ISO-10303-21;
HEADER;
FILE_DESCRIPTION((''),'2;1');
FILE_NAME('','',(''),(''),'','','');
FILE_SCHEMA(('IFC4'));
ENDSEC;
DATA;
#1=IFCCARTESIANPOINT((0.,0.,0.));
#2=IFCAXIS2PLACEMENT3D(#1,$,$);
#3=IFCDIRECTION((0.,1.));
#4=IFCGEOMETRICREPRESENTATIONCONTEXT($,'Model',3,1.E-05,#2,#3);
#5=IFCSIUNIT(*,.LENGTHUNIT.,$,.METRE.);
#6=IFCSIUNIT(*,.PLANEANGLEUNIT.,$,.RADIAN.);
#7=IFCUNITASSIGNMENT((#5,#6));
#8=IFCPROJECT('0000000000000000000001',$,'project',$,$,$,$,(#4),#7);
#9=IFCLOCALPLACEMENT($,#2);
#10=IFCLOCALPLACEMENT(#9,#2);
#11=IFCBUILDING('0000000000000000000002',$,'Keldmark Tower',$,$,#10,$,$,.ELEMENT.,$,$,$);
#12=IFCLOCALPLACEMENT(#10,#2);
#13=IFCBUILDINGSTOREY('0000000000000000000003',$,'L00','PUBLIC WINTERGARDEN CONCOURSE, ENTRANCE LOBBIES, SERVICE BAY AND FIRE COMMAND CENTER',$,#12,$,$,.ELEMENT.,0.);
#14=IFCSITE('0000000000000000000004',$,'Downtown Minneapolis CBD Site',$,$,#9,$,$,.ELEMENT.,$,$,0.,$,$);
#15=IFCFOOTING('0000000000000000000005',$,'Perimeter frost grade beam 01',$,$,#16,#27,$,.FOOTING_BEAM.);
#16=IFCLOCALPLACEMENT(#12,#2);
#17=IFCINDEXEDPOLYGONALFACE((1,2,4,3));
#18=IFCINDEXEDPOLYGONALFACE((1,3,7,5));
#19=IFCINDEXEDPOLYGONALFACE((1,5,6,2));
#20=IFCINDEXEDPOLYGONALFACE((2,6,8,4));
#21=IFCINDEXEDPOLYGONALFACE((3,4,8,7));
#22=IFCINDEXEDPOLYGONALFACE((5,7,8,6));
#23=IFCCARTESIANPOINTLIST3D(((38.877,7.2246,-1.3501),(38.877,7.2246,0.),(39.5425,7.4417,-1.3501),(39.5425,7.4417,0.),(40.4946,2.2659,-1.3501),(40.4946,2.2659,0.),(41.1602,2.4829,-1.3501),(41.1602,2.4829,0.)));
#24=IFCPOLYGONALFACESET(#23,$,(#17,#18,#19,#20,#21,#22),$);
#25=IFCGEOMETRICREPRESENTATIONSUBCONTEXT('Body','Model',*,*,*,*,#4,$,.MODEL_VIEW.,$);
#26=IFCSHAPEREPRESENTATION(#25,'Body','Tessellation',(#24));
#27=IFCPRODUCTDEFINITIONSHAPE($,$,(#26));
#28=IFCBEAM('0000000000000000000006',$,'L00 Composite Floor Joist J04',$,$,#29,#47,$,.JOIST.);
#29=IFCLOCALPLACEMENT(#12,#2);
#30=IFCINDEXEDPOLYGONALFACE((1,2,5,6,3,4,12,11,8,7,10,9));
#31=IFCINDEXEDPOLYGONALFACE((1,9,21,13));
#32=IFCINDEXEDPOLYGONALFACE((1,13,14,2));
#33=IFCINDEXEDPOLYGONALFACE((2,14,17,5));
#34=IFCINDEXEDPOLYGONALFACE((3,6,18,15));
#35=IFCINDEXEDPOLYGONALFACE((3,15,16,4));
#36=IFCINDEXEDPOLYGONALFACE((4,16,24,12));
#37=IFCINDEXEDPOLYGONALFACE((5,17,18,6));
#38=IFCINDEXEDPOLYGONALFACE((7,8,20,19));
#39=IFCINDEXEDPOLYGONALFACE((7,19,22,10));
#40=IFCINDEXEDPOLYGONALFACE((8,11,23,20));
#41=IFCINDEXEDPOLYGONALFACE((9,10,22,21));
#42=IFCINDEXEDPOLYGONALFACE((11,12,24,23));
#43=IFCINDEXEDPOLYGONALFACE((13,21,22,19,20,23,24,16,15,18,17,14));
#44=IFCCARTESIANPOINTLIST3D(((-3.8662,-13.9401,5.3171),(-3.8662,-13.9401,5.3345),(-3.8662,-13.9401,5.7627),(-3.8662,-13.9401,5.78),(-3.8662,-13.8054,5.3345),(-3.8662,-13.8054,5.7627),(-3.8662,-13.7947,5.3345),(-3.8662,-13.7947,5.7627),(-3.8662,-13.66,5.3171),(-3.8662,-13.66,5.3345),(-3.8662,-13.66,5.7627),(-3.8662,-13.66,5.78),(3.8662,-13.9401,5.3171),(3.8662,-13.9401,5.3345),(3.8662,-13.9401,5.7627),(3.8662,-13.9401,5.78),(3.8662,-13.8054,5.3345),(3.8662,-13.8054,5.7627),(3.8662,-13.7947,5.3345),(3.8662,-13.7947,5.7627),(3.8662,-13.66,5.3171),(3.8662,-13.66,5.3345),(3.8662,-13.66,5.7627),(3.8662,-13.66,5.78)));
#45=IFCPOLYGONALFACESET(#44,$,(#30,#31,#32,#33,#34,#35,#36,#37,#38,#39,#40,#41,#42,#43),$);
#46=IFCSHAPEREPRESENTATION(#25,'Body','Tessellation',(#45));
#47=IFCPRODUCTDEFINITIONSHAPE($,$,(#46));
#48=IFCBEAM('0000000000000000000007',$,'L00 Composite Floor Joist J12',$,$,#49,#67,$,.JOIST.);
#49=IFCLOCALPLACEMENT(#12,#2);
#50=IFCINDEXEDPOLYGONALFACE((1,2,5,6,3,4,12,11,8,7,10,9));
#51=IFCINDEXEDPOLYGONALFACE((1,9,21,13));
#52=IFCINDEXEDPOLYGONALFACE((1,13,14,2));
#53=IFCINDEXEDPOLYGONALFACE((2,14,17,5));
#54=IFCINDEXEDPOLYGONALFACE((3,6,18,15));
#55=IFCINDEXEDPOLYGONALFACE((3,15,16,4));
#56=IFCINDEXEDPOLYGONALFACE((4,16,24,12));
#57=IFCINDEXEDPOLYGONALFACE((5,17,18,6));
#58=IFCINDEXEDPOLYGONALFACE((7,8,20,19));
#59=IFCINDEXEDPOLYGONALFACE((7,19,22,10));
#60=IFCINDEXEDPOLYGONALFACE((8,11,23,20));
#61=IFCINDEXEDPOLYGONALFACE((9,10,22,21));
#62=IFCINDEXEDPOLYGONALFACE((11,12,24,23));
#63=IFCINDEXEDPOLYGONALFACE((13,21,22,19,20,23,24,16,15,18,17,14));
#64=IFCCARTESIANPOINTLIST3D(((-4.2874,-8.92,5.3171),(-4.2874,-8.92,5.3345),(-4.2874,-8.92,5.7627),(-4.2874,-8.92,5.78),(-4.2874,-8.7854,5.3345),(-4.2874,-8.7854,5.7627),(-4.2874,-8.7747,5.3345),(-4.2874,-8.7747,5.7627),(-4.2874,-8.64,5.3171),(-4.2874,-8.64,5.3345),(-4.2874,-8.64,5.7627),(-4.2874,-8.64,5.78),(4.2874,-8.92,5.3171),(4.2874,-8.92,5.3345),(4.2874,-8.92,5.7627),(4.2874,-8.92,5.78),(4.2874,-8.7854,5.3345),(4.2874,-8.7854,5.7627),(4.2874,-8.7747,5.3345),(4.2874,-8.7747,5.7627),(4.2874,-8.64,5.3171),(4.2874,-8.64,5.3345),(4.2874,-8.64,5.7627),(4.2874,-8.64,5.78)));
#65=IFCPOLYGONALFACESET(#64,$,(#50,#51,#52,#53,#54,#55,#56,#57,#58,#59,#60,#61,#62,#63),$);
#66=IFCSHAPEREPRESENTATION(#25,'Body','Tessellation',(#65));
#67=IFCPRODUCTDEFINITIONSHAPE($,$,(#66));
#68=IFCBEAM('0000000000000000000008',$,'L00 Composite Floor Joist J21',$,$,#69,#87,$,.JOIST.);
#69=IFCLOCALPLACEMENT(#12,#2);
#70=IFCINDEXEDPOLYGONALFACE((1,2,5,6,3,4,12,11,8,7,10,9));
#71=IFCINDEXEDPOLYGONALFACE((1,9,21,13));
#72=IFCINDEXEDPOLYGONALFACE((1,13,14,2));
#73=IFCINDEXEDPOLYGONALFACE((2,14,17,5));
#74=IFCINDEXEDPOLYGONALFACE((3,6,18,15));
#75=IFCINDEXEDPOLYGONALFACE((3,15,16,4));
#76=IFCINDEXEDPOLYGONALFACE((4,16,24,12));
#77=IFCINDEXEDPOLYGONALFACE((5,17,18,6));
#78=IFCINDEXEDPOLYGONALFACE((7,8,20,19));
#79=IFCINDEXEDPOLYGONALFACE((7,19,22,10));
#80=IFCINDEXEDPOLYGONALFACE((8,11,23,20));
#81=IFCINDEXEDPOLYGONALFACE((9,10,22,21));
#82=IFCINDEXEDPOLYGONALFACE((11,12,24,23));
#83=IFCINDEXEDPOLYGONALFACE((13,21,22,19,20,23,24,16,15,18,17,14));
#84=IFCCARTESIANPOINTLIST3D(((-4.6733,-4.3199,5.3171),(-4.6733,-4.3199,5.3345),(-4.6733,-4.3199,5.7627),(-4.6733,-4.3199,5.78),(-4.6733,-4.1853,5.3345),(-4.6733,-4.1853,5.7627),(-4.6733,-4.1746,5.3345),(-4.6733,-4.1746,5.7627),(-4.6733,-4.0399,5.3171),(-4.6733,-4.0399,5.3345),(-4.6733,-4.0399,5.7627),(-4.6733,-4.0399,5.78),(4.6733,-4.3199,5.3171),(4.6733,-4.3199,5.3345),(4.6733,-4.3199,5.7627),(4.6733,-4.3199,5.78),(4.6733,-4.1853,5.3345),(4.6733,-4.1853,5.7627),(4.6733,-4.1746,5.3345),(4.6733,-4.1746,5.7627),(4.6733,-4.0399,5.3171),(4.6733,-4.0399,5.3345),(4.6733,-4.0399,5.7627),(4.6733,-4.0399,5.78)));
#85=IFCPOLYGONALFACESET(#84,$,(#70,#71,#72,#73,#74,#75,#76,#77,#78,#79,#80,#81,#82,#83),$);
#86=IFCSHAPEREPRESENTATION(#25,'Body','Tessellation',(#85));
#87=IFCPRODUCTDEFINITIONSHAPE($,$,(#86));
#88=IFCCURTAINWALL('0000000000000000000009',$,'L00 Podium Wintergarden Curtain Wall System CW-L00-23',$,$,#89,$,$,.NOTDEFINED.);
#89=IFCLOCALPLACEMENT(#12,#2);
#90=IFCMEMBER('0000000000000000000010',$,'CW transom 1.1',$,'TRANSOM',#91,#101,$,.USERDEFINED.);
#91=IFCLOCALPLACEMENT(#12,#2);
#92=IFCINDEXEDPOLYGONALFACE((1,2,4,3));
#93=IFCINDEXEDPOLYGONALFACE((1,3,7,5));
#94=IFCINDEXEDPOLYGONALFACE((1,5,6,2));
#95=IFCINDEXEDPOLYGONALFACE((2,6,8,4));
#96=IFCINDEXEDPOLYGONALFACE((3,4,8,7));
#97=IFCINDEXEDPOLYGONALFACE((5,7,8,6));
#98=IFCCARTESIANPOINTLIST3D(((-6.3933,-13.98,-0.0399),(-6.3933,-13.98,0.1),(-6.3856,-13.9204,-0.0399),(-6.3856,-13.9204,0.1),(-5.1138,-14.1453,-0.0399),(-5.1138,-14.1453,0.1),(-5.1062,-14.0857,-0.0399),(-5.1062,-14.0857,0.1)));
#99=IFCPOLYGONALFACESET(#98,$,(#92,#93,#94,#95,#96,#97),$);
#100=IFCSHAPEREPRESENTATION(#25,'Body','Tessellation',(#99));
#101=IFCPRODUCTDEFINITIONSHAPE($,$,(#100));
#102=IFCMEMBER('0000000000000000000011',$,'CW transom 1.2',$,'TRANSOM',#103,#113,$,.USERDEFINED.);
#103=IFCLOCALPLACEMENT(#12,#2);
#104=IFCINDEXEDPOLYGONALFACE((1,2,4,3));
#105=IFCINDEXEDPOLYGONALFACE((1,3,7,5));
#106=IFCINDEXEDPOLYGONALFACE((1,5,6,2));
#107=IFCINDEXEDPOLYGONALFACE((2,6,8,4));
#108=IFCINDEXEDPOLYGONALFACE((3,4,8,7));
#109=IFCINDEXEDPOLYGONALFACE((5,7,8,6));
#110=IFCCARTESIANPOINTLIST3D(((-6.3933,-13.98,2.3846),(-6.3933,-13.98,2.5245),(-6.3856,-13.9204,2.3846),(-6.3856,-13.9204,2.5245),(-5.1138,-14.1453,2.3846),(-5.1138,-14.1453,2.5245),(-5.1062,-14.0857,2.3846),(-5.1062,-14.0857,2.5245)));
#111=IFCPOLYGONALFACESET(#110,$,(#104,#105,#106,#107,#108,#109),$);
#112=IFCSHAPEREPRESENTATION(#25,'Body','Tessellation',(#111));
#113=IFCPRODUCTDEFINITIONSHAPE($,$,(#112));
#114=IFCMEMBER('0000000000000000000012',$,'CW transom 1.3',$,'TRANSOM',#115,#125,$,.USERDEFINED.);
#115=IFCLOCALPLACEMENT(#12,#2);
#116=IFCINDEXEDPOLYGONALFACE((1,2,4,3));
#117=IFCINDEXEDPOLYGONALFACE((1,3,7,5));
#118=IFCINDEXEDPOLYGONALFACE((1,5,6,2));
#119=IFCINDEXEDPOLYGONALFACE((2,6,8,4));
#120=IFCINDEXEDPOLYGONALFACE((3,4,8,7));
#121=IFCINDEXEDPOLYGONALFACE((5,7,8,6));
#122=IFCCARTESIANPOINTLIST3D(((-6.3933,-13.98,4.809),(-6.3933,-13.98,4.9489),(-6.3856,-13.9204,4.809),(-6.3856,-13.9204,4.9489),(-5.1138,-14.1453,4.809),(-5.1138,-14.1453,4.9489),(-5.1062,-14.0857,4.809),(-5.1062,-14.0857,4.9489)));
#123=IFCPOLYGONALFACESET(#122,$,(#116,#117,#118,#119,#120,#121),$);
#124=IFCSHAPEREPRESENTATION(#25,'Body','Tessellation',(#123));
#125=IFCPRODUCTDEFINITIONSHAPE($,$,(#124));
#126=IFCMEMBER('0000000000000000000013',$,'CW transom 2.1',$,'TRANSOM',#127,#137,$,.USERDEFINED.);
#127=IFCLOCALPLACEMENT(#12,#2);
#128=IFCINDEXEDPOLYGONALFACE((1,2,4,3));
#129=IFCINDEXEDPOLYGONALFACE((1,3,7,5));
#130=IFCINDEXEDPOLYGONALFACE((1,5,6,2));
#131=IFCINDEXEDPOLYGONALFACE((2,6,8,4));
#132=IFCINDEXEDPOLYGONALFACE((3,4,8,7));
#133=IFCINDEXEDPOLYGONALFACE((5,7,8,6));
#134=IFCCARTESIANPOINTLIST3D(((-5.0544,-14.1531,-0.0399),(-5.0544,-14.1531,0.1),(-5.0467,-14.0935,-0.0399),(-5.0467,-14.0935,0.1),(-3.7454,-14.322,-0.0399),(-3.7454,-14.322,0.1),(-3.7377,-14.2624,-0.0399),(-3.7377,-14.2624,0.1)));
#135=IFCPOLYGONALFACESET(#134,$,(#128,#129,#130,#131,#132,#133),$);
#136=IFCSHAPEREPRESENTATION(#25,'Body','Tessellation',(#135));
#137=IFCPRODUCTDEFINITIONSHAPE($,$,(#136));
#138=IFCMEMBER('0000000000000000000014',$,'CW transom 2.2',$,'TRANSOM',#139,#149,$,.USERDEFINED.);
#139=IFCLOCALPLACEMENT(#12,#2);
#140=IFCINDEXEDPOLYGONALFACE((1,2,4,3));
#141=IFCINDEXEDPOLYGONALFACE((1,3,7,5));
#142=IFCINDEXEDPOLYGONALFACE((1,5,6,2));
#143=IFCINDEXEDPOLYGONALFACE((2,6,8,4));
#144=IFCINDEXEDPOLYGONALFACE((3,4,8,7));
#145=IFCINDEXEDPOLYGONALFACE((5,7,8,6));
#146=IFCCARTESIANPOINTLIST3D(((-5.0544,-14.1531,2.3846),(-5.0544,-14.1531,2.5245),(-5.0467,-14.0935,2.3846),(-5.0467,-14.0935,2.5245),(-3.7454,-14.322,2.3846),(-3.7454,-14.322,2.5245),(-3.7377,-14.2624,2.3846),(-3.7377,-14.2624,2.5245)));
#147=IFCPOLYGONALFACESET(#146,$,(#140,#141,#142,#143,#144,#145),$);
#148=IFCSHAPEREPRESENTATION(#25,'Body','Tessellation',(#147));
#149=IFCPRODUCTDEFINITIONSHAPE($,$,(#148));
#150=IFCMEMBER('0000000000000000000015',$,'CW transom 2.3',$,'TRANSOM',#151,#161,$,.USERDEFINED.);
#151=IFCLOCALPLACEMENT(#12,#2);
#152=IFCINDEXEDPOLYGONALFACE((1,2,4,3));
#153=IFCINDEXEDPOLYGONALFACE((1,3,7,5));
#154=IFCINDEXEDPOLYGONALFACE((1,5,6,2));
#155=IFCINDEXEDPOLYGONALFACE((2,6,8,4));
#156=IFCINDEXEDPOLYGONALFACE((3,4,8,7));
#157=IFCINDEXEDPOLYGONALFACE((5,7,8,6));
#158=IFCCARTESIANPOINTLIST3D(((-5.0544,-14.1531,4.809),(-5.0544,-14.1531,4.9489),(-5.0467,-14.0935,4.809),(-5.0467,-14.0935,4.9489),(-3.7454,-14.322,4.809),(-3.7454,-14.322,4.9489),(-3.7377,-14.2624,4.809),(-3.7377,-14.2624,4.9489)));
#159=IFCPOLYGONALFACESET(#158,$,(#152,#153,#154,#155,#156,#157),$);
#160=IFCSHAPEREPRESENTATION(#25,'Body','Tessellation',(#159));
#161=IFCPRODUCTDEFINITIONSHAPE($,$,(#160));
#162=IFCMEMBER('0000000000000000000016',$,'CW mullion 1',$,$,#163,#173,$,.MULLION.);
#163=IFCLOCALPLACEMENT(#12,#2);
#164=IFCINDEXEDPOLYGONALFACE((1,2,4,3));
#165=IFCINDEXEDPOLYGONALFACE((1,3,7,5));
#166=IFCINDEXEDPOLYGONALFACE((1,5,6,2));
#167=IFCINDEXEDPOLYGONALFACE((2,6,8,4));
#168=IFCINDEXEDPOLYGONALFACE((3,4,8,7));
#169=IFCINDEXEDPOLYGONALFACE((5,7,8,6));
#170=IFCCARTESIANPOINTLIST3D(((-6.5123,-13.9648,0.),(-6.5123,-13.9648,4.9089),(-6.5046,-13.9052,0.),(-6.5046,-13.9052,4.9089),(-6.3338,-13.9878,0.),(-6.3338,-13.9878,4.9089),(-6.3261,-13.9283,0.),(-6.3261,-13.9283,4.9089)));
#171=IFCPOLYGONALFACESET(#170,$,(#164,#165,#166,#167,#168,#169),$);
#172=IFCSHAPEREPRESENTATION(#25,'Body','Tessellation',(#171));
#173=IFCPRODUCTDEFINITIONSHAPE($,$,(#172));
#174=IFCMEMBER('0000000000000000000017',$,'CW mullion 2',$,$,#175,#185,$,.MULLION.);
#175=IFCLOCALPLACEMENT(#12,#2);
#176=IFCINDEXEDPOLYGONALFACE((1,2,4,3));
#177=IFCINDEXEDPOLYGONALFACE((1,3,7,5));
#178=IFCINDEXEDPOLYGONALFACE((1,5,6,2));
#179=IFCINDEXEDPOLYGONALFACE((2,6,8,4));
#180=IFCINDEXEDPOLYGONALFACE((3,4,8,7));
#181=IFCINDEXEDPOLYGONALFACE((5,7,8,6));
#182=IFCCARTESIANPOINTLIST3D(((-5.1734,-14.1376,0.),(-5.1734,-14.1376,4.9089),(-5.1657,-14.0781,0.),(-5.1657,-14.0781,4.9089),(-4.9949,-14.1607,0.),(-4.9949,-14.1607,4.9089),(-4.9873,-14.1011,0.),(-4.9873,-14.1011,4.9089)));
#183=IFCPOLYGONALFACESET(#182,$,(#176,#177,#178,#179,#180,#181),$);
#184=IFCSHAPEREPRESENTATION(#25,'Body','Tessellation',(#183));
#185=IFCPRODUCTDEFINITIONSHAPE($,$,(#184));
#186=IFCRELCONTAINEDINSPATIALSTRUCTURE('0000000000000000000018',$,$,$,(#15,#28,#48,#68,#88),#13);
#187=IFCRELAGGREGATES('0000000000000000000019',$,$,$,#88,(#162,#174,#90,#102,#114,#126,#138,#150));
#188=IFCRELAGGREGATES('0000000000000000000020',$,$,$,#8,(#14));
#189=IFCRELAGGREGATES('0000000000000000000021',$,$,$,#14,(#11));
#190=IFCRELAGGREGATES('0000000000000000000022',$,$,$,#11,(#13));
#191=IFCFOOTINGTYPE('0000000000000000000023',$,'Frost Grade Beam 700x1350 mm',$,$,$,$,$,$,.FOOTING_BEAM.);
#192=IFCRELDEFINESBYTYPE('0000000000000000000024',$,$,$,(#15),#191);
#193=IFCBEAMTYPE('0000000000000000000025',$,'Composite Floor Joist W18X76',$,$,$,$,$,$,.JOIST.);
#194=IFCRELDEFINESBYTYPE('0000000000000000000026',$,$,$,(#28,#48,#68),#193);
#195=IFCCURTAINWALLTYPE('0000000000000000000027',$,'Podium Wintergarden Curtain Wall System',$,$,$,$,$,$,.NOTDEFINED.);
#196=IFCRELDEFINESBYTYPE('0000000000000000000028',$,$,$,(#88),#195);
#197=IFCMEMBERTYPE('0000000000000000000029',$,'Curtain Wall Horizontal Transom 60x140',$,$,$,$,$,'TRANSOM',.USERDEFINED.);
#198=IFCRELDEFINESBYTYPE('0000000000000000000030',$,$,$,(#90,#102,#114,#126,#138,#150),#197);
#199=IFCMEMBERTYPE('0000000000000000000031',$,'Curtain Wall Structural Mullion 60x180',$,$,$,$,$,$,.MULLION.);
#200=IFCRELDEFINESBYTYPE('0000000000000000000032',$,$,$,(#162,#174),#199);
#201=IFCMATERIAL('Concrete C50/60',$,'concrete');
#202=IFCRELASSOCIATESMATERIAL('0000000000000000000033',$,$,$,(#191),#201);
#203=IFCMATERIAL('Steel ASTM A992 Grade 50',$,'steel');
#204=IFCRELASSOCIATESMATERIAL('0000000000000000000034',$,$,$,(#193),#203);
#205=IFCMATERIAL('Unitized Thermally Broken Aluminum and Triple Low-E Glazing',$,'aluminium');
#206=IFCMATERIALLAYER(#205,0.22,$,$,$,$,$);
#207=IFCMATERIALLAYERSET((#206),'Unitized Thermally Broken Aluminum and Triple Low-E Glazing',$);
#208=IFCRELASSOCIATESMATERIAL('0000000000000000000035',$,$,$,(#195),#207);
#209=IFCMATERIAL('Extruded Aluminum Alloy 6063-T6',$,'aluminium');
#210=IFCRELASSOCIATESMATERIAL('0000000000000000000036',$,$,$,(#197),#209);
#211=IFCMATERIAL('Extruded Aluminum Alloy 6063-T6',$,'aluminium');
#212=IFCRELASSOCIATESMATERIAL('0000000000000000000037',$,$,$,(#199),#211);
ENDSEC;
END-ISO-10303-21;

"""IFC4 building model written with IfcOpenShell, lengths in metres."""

from ifc_helpers import new_model, si_unit, direction, frame, origin, origin_2d, place, context, subcontext, project, spatial, polyline, rectangle, i_section, outline, extrude, material, layer, layer_set, material_profile, profile_set, type_object, element, aggregate, save


model = new_model("IFC4")

# Units and contexts
model_context = context("Model", 3, precision=1e-05, world=origin(), true_north=direction((0.0, 1.0)))
body_context = subcontext(model_context, "Body", "Model", "MODEL_VIEW")
ifc_project = project(units=[si_unit("LENGTHUNIT", "METRE"), si_unit("PLANEANGLEUNIT", "RADIAN")], contexts=[model_context])

# Site, building, storey
site_placement = place(None, origin())
site = spatial("IfcSite", under=ifc_project, at=site_placement, Name="Downtown Minneapolis CBD Site", CompositionType="ELEMENT", RefElevation=0.0)
building_placement = place(site_placement, origin())
building = spatial("IfcBuilding", under=site, at=building_placement, Name="Keldmark Tower", CompositionType="ELEMENT")
storey_placement = place(building_placement, origin())
storey = spatial("IfcBuildingStorey", under=building, at=storey_placement, Name="L00", Description="PUBLIC WINTERGARDEN CONCOURSE, ENTRANCE LOBBIES, SERVICE BAY AND FIRE COMMAND CENTER", CompositionType="ELEMENT", Elevation=0.0)

# Footing
ifc_material_1 = material(Name="Concrete C50/60", Category="concrete")
footing_type = type_object("IfcFootingType", Name="Frost Grade Beam 700x1350 mm", PredefinedType="FOOTING_BEAM", material=ifc_material_1)
footing_placement = place(storey_placement, frame((0.0, 0.0, -1.3501)))
element("IfcFooting", 1, at=footing_placement, inside=storey, type_object=footing_type, Name="Perimeter frost grade beam 01", PredefinedType="FOOTING_BEAM", context=body_context, shape_type="SweptSolid", body=[
    extrude(outline(polyline([(41.1602, 2.4829), (39.5425, 7.4417), (38.877, 7.2246), (40.4946, 2.2659), (41.1602, 2.4829)])), origin(), (0.0, 0.0, 1.0), 1.3501),
])

# Beams
ifc_material_2 = material(Name="Steel ASTM A992 Grade 50", Category="steel")
ifc_material_profile_1 = material_profile(ifc_material_2, i_section(OverallWidth=0.28, OverallDepth=0.4629, WebThickness=0.0107, FlangeThickness=0.0173, at=origin_2d()), Name="W18X76")
ifc_profile_set_1 = profile_set([ifc_material_profile_1], Name="Steel ASTM A992 Grade 50")
beam_type = type_object("IfcBeamType", Name="Composite Floor Joist W18X76", PredefinedType="JOIST", material=ifc_profile_set_1)
beam_1_placement = place(storey_placement, frame((-3.8662, -13.8, 5.5486), z_axis=(1.0, 0.0, 0.0), x_axis=(0.0, 1.0, 0.0)))
element("IfcBeam", 2, at=beam_1_placement, inside=storey, type_object=beam_type, Name="L00 Composite Floor Joist J04", PredefinedType="JOIST", context=body_context, shape_type="SweptSolid", body=[
    extrude(i_section(OverallWidth=0.28, OverallDepth=0.4629, WebThickness=0.0107, FlangeThickness=0.0173, at=origin_2d()), origin(), (0.0, 0.0, 1.0), 7.7324),
])
beam_2_placement = place(storey_placement, frame((-4.2874, -8.78, 5.5486), z_axis=(1.0, 0.0, 0.0), x_axis=(0.0, 1.0, 0.0)))
element("IfcBeam", 3, at=beam_2_placement, inside=storey, type_object=beam_type, Name="L00 Composite Floor Joist J12", PredefinedType="JOIST", context=body_context, shape_type="SweptSolid", body=[
    extrude(i_section(OverallWidth=0.28, OverallDepth=0.4629, WebThickness=0.0107, FlangeThickness=0.0173, at=origin_2d()), origin(), (0.0, 0.0, 1.0), 8.5747),
])
beam_3_placement = place(storey_placement, frame((-4.6733, -4.1799, 5.5486), z_axis=(1.0, 0.0, 0.0), x_axis=(0.0, 1.0, 0.0)))
element("IfcBeam", 4, at=beam_3_placement, inside=storey, type_object=beam_type, Name="L00 Composite Floor Joist J21", PredefinedType="JOIST", context=body_context, shape_type="SweptSolid", body=[
    extrude(i_section(OverallWidth=0.28, OverallDepth=0.4629, WebThickness=0.0107, FlangeThickness=0.0173, at=origin_2d()), origin(), (0.0, 0.0, 1.0), 9.3467),
])

# Curtain wall, members
ifc_material_3 = material(Name="Unitized Thermally Broken Aluminum and Triple Low-E Glazing", Category="aluminium")
ifc_layer_1 = layer(ifc_material_3, 0.22)
ifc_layer_set_1 = layer_set([ifc_layer_1], Name="Unitized Thermally Broken Aluminum and Triple Low-E Glazing")
curtain_wall_type = type_object("IfcCurtainWallType", Name="Podium Wintergarden Curtain Wall System", PredefinedType="NOTDEFINED", material=ifc_layer_set_1)
curtain_wall_placement = place(storey_placement, origin())
curtain_wall = element("IfcCurtainWall", 5, at=curtain_wall_placement, inside=storey, type_object=curtain_wall_type, Name="L00 Podium Wintergarden Curtain Wall System CW-L00-23", PredefinedType="NOTDEFINED")
ifc_material_4 = material(Name="Extruded Aluminum Alloy 6063-T6", Category="aluminium")
ifc_material_profile_2 = material_profile(ifc_material_4, rectangle(XDim=0.0601, YDim=0.1399, at=origin_2d()), Name="CWT60X140")
ifc_profile_set_2 = profile_set([ifc_material_profile_2], Name="Extruded Aluminum Alloy 6063-T6")
member_type_1 = type_object("IfcMemberType", Name="Curtain Wall Horizontal Transom 60x140", ElementType="TRANSOM", PredefinedType="USERDEFINED", material=ifc_profile_set_2)
member_1_placement = place(storey_placement, frame((-6.3894, -13.9502, 0.03), z_axis=(0.991757, -0.128133, 0.0), x_axis=(0.128133, 0.991757, 0.0)))
member_1 = element("IfcMember", 6, at=member_1_placement, type_object=member_type_1, Name="CW transom 1.1", ObjectType="TRANSOM", PredefinedType="USERDEFINED", context=body_context, shape_type="SweptSolid", body=[
    extrude(rectangle(XDim=0.0601, YDim=0.1399, at=origin_2d()), origin(), (0.0, 0.0, 1.0), 1.29),
])
member_2_placement = place(storey_placement, frame((-6.3894, -13.9502, 2.4546), z_axis=(0.991757, -0.128133, 0.0), x_axis=(0.128133, 0.991757, 0.0)))
member_2 = element("IfcMember", 7, at=member_2_placement, type_object=member_type_1, Name="CW transom 1.2", ObjectType="TRANSOM", PredefinedType="USERDEFINED", context=body_context, shape_type="SweptSolid", body=[
    extrude(rectangle(XDim=0.0601, YDim=0.1399, at=origin_2d()), origin(), (0.0, 0.0, 1.0), 1.29),
])
member_3_placement = place(storey_placement, frame((-6.3894, -13.9502, 4.8789), z_axis=(0.991757, -0.128133, 0.0), x_axis=(0.128133, 0.991757, 0.0)))
member_3 = element("IfcMember", 8, at=member_3_placement, type_object=member_type_1, Name="CW transom 1.3", ObjectType="TRANSOM", PredefinedType="USERDEFINED", context=body_context, shape_type="SweptSolid", body=[
    extrude(rectangle(XDim=0.0601, YDim=0.1399, at=origin_2d()), origin(), (0.0, 0.0, 1.0), 1.29),
])
member_4_placement = place(storey_placement, frame((-5.0505, -14.1233, 0.03), z_axis=(0.991775, -0.127995, 0.0), x_axis=(0.127995, 0.991775, 0.0)))
member_4 = element("IfcMember", 9, at=member_4_placement, type_object=member_type_1, Name="CW transom 2.1", ObjectType="TRANSOM", PredefinedType="USERDEFINED", context=body_context, shape_type="SweptSolid", body=[
    extrude(rectangle(XDim=0.0601, YDim=0.1399, at=origin_2d()), origin(), (0.0, 0.0, 1.0), 1.3198),
])
member_5_placement = place(storey_placement, frame((-5.0505, -14.1233, 2.4546), z_axis=(0.991775, -0.127995, 0.0), x_axis=(0.127995, 0.991775, 0.0)))
member_5 = element("IfcMember", 10, at=member_5_placement, type_object=member_type_1, Name="CW transom 2.2", ObjectType="TRANSOM", PredefinedType="USERDEFINED", context=body_context, shape_type="SweptSolid", body=[
    extrude(rectangle(XDim=0.0601, YDim=0.1399, at=origin_2d()), origin(), (0.0, 0.0, 1.0), 1.3198),
])
member_6_placement = place(storey_placement, frame((-5.0505, -14.1233, 4.8789), z_axis=(0.991775, -0.127995, 0.0), x_axis=(0.127995, 0.991775, 0.0)))
member_6 = element("IfcMember", 11, at=member_6_placement, type_object=member_type_1, Name="CW transom 2.3", ObjectType="TRANSOM", PredefinedType="USERDEFINED", context=body_context, shape_type="SweptSolid", body=[
    extrude(rectangle(XDim=0.0601, YDim=0.1399, at=origin_2d()), origin(), (0.0, 0.0, 1.0), 1.3198),
])
ifc_material_5 = material(Name="Extruded Aluminum Alloy 6063-T6", Category="aluminium")
ifc_material_profile_3 = material_profile(ifc_material_5, rectangle(XDim=0.0601, YDim=0.1799, at=origin_2d()), Name="CWM60X180")
ifc_profile_set_3 = profile_set([ifc_material_profile_3], Name="Extruded Aluminum Alloy 6063-T6")
member_type_2 = type_object("IfcMemberType", Name="Curtain Wall Structural Mullion 60x180", PredefinedType="MULLION", material=ifc_profile_set_3)
member_7_placement = place(storey_placement, frame((-6.4192, -13.9465, 0.0), z_axis=(0.0, 0.0, 1.0), x_axis=(0.128062, 0.991766, 0.0)))
member_7 = element("IfcMember", 12, at=member_7_placement, type_object=member_type_2, Name="CW mullion 1", PredefinedType="MULLION", context=body_context, shape_type="SweptSolid", body=[
    extrude(rectangle(XDim=0.0601, YDim=0.1799, at=origin_2d()), origin(), (0.0, 0.0, 1.0), 4.9089),
])
member_8_placement = place(storey_placement, frame((-5.0803, -14.1194, 0.0), z_axis=(0.0, 0.0, 1.0), x_axis=(0.128062, 0.991766, 0.0)))
member_8 = element("IfcMember", 13, at=member_8_placement, type_object=member_type_2, Name="CW mullion 2", PredefinedType="MULLION", context=body_context, shape_type="SweptSolid", body=[
    extrude(rectangle(XDim=0.0601, YDim=0.1799, at=origin_2d()), origin(), (0.0, 0.0, 1.0), 4.9089),
])
aggregate(curtain_wall, [member_7, member_8, member_1, member_2, member_3, member_4, member_5, member_6])

save(model, "model.ifc")
